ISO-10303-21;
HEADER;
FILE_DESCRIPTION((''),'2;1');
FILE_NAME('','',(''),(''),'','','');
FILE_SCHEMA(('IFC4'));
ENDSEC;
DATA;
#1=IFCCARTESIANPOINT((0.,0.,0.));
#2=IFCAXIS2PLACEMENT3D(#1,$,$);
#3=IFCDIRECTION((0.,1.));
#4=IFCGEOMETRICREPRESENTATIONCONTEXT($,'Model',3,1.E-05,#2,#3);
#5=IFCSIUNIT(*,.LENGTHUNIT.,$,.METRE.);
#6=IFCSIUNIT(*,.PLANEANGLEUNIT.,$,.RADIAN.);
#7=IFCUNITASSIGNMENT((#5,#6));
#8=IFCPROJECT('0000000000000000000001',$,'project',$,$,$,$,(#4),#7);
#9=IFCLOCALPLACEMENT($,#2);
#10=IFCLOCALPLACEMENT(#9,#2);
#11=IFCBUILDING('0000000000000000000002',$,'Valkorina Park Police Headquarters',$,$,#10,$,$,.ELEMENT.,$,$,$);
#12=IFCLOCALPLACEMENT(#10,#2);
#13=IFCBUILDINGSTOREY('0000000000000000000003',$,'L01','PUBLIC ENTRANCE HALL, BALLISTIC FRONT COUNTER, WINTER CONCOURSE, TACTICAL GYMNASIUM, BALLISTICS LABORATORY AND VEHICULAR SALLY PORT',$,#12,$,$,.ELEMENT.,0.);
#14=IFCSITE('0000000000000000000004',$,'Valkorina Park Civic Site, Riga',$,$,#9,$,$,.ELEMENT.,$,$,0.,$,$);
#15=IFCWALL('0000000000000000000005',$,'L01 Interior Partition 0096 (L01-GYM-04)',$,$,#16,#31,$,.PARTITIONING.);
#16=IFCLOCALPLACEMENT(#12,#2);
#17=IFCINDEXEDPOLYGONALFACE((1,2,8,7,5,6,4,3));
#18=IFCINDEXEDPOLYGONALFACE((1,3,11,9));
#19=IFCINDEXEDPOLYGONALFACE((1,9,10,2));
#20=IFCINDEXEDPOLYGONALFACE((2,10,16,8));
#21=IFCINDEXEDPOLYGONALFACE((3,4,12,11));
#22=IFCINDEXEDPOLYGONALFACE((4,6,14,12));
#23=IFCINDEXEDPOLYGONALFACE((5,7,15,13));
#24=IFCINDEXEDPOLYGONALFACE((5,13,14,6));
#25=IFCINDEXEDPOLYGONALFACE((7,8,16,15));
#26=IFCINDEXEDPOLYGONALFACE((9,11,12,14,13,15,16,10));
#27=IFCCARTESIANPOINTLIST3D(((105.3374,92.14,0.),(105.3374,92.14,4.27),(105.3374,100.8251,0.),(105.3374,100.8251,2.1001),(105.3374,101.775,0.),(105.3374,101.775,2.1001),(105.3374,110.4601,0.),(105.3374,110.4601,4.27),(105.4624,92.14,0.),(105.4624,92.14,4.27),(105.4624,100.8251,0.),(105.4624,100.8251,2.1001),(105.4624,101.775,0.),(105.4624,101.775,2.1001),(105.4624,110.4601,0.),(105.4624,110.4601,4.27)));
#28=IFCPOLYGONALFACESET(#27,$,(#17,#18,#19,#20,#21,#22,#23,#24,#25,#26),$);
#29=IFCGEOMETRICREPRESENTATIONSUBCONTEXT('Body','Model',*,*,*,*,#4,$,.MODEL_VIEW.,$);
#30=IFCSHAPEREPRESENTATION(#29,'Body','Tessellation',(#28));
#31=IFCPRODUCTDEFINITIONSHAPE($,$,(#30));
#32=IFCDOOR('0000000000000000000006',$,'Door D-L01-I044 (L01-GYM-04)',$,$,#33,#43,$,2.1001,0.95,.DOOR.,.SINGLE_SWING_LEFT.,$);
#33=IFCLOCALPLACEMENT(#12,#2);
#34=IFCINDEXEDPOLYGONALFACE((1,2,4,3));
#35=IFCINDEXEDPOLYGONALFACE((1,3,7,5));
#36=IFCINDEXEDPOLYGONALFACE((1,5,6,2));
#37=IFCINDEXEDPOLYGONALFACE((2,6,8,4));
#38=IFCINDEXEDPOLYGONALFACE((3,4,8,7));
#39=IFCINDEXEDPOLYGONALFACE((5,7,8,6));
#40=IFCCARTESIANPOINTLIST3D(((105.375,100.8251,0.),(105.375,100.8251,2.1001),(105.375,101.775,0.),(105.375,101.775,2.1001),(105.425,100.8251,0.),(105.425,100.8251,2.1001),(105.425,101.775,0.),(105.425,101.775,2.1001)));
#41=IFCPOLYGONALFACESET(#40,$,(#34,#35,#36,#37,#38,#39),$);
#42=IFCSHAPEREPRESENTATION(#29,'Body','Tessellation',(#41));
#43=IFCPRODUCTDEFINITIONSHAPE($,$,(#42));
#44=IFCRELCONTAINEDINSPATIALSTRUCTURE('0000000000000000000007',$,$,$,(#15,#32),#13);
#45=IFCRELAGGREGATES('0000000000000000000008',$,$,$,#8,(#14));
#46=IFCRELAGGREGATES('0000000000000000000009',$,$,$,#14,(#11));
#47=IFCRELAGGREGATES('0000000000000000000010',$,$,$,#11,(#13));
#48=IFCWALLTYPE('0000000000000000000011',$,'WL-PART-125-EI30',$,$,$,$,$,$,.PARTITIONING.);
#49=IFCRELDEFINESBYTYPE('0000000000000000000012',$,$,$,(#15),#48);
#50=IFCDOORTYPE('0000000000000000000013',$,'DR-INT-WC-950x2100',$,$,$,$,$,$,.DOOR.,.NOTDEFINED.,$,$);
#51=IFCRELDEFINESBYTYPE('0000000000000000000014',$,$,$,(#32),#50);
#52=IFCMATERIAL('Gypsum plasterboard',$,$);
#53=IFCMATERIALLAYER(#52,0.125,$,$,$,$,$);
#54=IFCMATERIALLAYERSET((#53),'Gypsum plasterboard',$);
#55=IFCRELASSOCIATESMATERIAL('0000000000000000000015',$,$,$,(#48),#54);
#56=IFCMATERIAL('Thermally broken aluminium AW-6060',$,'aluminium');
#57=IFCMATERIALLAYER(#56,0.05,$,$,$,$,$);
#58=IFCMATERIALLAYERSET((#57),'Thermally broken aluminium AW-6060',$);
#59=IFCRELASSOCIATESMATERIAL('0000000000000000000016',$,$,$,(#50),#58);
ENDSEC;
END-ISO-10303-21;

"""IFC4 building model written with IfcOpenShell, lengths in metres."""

from ifc_helpers import new_model, si_unit, direction, frame, frame_2d, origin, place, context, subcontext, project, spatial, rectangle, extrude, material, layer, layer_set, type_object, element, fill, save


model = new_model("IFC4")

# Units and contexts
model_context = context("Model", 3, precision=1e-05, world=origin(), true_north=direction((0.0, 1.0)))
body_context = subcontext(model_context, "Body", "Model", "MODEL_VIEW")
ifc_project = project(units=[si_unit("LENGTHUNIT", "METRE"), si_unit("PLANEANGLEUNIT", "RADIAN")], contexts=[model_context])

# Site, building, storey
site_placement = place(None, origin())
site = spatial("IfcSite", under=ifc_project, at=site_placement, Name="Valkorina Park Civic Site, Riga", CompositionType="ELEMENT", RefElevation=0.0)
building_placement = place(site_placement, origin())
building = spatial("IfcBuilding", under=site, at=building_placement, Name="Valkorina Park Police Headquarters", CompositionType="ELEMENT")
storey_placement = place(building_placement, origin())
storey = spatial("IfcBuildingStorey", under=building, at=storey_placement, Name="L01", Description="PUBLIC ENTRANCE HALL, BALLISTIC FRONT COUNTER, WINTER CONCOURSE, TACTICAL GYMNASIUM, BALLISTICS LABORATORY AND VEHICULAR SALLY PORT", CompositionType="ELEMENT", Elevation=0.0)

# Wall, opening, door
ifc_material_1 = material(Name="Gypsum plasterboard")
ifc_layer_1 = layer(ifc_material_1, 0.125)
ifc_layer_set_1 = layer_set([ifc_layer_1], Name="Gypsum plasterboard")
wall_type = type_object("IfcWallType", Name="WL-PART-125-EI30", PredefinedType="PARTITIONING", material=ifc_layer_set_1)
wall_placement = place(storey_placement, frame((105.3999, 92.1399, 0.0), z_axis=(0.0, 0.0, 1.0), x_axis=(0.0, 1.0, 0.0)))
wall = element("IfcWall", 1, at=wall_placement, inside=storey, type_object=wall_type, Name="L01 Interior Partition 0096 (L01-GYM-04)", PredefinedType="PARTITIONING", context=body_context, shape_type="SweptSolid", body=[
    extrude(rectangle(XDim=18.3201, YDim=0.125, at=frame_2d((9.1602, 0.0))), origin(), (0.0, 0.0, 1.0), 4.27),
])
opening_placement = place(wall_placement, frame((8.6851, 0.0, 0.0)))
opening = element("IfcOpeningElement", 2, at=opening_placement, cuts=wall, PredefinedType="OPENING", context=body_context, shape_type="SweptSolid", body=[
    extrude(rectangle(XDim=0.95, YDim=2.1001, at=frame_2d((0.4751, 1.05))), frame((0.0, 0.0725, 0.0), z_axis=(0.0, -1.0, 0.0), x_axis=(1.0, 0.0, 0.0)), (0.0, 0.0, 1.0), 0.145),
])
ifc_material_2 = material(Name="Thermally broken aluminium AW-6060", Category="aluminium")
ifc_layer_2 = layer(ifc_material_2, 0.05)
ifc_layer_set_2 = layer_set([ifc_layer_2], Name="Thermally broken aluminium AW-6060")
door_type = type_object("IfcDoorType", Name="DR-INT-WC-950x2100", OperationType="NOTDEFINED", PredefinedType="DOOR", material=ifc_layer_set_2)
door_placement = place(opening_placement, origin())
door = element("IfcDoor", 3, at=door_placement, inside=storey, type_object=door_type, Name="Door D-L01-I044 (L01-GYM-04)", OperationType="SINGLE_SWING_LEFT", OverallHeight=2.1001, OverallWidth=0.95, PredefinedType="DOOR", context=body_context, shape_type="SweptSolid", body=[
    extrude(rectangle(XDim=0.95, YDim=2.1001, at=frame_2d((0.4751, 1.05))), frame((0.0, 0.0249, 0.0), z_axis=(0.0, -1.0, 0.0), x_axis=(1.0, 0.0, 0.0)), (0.0, 0.0, 1.0), 0.05),
])
fill(opening, door)

save(model, "model.ifc")
